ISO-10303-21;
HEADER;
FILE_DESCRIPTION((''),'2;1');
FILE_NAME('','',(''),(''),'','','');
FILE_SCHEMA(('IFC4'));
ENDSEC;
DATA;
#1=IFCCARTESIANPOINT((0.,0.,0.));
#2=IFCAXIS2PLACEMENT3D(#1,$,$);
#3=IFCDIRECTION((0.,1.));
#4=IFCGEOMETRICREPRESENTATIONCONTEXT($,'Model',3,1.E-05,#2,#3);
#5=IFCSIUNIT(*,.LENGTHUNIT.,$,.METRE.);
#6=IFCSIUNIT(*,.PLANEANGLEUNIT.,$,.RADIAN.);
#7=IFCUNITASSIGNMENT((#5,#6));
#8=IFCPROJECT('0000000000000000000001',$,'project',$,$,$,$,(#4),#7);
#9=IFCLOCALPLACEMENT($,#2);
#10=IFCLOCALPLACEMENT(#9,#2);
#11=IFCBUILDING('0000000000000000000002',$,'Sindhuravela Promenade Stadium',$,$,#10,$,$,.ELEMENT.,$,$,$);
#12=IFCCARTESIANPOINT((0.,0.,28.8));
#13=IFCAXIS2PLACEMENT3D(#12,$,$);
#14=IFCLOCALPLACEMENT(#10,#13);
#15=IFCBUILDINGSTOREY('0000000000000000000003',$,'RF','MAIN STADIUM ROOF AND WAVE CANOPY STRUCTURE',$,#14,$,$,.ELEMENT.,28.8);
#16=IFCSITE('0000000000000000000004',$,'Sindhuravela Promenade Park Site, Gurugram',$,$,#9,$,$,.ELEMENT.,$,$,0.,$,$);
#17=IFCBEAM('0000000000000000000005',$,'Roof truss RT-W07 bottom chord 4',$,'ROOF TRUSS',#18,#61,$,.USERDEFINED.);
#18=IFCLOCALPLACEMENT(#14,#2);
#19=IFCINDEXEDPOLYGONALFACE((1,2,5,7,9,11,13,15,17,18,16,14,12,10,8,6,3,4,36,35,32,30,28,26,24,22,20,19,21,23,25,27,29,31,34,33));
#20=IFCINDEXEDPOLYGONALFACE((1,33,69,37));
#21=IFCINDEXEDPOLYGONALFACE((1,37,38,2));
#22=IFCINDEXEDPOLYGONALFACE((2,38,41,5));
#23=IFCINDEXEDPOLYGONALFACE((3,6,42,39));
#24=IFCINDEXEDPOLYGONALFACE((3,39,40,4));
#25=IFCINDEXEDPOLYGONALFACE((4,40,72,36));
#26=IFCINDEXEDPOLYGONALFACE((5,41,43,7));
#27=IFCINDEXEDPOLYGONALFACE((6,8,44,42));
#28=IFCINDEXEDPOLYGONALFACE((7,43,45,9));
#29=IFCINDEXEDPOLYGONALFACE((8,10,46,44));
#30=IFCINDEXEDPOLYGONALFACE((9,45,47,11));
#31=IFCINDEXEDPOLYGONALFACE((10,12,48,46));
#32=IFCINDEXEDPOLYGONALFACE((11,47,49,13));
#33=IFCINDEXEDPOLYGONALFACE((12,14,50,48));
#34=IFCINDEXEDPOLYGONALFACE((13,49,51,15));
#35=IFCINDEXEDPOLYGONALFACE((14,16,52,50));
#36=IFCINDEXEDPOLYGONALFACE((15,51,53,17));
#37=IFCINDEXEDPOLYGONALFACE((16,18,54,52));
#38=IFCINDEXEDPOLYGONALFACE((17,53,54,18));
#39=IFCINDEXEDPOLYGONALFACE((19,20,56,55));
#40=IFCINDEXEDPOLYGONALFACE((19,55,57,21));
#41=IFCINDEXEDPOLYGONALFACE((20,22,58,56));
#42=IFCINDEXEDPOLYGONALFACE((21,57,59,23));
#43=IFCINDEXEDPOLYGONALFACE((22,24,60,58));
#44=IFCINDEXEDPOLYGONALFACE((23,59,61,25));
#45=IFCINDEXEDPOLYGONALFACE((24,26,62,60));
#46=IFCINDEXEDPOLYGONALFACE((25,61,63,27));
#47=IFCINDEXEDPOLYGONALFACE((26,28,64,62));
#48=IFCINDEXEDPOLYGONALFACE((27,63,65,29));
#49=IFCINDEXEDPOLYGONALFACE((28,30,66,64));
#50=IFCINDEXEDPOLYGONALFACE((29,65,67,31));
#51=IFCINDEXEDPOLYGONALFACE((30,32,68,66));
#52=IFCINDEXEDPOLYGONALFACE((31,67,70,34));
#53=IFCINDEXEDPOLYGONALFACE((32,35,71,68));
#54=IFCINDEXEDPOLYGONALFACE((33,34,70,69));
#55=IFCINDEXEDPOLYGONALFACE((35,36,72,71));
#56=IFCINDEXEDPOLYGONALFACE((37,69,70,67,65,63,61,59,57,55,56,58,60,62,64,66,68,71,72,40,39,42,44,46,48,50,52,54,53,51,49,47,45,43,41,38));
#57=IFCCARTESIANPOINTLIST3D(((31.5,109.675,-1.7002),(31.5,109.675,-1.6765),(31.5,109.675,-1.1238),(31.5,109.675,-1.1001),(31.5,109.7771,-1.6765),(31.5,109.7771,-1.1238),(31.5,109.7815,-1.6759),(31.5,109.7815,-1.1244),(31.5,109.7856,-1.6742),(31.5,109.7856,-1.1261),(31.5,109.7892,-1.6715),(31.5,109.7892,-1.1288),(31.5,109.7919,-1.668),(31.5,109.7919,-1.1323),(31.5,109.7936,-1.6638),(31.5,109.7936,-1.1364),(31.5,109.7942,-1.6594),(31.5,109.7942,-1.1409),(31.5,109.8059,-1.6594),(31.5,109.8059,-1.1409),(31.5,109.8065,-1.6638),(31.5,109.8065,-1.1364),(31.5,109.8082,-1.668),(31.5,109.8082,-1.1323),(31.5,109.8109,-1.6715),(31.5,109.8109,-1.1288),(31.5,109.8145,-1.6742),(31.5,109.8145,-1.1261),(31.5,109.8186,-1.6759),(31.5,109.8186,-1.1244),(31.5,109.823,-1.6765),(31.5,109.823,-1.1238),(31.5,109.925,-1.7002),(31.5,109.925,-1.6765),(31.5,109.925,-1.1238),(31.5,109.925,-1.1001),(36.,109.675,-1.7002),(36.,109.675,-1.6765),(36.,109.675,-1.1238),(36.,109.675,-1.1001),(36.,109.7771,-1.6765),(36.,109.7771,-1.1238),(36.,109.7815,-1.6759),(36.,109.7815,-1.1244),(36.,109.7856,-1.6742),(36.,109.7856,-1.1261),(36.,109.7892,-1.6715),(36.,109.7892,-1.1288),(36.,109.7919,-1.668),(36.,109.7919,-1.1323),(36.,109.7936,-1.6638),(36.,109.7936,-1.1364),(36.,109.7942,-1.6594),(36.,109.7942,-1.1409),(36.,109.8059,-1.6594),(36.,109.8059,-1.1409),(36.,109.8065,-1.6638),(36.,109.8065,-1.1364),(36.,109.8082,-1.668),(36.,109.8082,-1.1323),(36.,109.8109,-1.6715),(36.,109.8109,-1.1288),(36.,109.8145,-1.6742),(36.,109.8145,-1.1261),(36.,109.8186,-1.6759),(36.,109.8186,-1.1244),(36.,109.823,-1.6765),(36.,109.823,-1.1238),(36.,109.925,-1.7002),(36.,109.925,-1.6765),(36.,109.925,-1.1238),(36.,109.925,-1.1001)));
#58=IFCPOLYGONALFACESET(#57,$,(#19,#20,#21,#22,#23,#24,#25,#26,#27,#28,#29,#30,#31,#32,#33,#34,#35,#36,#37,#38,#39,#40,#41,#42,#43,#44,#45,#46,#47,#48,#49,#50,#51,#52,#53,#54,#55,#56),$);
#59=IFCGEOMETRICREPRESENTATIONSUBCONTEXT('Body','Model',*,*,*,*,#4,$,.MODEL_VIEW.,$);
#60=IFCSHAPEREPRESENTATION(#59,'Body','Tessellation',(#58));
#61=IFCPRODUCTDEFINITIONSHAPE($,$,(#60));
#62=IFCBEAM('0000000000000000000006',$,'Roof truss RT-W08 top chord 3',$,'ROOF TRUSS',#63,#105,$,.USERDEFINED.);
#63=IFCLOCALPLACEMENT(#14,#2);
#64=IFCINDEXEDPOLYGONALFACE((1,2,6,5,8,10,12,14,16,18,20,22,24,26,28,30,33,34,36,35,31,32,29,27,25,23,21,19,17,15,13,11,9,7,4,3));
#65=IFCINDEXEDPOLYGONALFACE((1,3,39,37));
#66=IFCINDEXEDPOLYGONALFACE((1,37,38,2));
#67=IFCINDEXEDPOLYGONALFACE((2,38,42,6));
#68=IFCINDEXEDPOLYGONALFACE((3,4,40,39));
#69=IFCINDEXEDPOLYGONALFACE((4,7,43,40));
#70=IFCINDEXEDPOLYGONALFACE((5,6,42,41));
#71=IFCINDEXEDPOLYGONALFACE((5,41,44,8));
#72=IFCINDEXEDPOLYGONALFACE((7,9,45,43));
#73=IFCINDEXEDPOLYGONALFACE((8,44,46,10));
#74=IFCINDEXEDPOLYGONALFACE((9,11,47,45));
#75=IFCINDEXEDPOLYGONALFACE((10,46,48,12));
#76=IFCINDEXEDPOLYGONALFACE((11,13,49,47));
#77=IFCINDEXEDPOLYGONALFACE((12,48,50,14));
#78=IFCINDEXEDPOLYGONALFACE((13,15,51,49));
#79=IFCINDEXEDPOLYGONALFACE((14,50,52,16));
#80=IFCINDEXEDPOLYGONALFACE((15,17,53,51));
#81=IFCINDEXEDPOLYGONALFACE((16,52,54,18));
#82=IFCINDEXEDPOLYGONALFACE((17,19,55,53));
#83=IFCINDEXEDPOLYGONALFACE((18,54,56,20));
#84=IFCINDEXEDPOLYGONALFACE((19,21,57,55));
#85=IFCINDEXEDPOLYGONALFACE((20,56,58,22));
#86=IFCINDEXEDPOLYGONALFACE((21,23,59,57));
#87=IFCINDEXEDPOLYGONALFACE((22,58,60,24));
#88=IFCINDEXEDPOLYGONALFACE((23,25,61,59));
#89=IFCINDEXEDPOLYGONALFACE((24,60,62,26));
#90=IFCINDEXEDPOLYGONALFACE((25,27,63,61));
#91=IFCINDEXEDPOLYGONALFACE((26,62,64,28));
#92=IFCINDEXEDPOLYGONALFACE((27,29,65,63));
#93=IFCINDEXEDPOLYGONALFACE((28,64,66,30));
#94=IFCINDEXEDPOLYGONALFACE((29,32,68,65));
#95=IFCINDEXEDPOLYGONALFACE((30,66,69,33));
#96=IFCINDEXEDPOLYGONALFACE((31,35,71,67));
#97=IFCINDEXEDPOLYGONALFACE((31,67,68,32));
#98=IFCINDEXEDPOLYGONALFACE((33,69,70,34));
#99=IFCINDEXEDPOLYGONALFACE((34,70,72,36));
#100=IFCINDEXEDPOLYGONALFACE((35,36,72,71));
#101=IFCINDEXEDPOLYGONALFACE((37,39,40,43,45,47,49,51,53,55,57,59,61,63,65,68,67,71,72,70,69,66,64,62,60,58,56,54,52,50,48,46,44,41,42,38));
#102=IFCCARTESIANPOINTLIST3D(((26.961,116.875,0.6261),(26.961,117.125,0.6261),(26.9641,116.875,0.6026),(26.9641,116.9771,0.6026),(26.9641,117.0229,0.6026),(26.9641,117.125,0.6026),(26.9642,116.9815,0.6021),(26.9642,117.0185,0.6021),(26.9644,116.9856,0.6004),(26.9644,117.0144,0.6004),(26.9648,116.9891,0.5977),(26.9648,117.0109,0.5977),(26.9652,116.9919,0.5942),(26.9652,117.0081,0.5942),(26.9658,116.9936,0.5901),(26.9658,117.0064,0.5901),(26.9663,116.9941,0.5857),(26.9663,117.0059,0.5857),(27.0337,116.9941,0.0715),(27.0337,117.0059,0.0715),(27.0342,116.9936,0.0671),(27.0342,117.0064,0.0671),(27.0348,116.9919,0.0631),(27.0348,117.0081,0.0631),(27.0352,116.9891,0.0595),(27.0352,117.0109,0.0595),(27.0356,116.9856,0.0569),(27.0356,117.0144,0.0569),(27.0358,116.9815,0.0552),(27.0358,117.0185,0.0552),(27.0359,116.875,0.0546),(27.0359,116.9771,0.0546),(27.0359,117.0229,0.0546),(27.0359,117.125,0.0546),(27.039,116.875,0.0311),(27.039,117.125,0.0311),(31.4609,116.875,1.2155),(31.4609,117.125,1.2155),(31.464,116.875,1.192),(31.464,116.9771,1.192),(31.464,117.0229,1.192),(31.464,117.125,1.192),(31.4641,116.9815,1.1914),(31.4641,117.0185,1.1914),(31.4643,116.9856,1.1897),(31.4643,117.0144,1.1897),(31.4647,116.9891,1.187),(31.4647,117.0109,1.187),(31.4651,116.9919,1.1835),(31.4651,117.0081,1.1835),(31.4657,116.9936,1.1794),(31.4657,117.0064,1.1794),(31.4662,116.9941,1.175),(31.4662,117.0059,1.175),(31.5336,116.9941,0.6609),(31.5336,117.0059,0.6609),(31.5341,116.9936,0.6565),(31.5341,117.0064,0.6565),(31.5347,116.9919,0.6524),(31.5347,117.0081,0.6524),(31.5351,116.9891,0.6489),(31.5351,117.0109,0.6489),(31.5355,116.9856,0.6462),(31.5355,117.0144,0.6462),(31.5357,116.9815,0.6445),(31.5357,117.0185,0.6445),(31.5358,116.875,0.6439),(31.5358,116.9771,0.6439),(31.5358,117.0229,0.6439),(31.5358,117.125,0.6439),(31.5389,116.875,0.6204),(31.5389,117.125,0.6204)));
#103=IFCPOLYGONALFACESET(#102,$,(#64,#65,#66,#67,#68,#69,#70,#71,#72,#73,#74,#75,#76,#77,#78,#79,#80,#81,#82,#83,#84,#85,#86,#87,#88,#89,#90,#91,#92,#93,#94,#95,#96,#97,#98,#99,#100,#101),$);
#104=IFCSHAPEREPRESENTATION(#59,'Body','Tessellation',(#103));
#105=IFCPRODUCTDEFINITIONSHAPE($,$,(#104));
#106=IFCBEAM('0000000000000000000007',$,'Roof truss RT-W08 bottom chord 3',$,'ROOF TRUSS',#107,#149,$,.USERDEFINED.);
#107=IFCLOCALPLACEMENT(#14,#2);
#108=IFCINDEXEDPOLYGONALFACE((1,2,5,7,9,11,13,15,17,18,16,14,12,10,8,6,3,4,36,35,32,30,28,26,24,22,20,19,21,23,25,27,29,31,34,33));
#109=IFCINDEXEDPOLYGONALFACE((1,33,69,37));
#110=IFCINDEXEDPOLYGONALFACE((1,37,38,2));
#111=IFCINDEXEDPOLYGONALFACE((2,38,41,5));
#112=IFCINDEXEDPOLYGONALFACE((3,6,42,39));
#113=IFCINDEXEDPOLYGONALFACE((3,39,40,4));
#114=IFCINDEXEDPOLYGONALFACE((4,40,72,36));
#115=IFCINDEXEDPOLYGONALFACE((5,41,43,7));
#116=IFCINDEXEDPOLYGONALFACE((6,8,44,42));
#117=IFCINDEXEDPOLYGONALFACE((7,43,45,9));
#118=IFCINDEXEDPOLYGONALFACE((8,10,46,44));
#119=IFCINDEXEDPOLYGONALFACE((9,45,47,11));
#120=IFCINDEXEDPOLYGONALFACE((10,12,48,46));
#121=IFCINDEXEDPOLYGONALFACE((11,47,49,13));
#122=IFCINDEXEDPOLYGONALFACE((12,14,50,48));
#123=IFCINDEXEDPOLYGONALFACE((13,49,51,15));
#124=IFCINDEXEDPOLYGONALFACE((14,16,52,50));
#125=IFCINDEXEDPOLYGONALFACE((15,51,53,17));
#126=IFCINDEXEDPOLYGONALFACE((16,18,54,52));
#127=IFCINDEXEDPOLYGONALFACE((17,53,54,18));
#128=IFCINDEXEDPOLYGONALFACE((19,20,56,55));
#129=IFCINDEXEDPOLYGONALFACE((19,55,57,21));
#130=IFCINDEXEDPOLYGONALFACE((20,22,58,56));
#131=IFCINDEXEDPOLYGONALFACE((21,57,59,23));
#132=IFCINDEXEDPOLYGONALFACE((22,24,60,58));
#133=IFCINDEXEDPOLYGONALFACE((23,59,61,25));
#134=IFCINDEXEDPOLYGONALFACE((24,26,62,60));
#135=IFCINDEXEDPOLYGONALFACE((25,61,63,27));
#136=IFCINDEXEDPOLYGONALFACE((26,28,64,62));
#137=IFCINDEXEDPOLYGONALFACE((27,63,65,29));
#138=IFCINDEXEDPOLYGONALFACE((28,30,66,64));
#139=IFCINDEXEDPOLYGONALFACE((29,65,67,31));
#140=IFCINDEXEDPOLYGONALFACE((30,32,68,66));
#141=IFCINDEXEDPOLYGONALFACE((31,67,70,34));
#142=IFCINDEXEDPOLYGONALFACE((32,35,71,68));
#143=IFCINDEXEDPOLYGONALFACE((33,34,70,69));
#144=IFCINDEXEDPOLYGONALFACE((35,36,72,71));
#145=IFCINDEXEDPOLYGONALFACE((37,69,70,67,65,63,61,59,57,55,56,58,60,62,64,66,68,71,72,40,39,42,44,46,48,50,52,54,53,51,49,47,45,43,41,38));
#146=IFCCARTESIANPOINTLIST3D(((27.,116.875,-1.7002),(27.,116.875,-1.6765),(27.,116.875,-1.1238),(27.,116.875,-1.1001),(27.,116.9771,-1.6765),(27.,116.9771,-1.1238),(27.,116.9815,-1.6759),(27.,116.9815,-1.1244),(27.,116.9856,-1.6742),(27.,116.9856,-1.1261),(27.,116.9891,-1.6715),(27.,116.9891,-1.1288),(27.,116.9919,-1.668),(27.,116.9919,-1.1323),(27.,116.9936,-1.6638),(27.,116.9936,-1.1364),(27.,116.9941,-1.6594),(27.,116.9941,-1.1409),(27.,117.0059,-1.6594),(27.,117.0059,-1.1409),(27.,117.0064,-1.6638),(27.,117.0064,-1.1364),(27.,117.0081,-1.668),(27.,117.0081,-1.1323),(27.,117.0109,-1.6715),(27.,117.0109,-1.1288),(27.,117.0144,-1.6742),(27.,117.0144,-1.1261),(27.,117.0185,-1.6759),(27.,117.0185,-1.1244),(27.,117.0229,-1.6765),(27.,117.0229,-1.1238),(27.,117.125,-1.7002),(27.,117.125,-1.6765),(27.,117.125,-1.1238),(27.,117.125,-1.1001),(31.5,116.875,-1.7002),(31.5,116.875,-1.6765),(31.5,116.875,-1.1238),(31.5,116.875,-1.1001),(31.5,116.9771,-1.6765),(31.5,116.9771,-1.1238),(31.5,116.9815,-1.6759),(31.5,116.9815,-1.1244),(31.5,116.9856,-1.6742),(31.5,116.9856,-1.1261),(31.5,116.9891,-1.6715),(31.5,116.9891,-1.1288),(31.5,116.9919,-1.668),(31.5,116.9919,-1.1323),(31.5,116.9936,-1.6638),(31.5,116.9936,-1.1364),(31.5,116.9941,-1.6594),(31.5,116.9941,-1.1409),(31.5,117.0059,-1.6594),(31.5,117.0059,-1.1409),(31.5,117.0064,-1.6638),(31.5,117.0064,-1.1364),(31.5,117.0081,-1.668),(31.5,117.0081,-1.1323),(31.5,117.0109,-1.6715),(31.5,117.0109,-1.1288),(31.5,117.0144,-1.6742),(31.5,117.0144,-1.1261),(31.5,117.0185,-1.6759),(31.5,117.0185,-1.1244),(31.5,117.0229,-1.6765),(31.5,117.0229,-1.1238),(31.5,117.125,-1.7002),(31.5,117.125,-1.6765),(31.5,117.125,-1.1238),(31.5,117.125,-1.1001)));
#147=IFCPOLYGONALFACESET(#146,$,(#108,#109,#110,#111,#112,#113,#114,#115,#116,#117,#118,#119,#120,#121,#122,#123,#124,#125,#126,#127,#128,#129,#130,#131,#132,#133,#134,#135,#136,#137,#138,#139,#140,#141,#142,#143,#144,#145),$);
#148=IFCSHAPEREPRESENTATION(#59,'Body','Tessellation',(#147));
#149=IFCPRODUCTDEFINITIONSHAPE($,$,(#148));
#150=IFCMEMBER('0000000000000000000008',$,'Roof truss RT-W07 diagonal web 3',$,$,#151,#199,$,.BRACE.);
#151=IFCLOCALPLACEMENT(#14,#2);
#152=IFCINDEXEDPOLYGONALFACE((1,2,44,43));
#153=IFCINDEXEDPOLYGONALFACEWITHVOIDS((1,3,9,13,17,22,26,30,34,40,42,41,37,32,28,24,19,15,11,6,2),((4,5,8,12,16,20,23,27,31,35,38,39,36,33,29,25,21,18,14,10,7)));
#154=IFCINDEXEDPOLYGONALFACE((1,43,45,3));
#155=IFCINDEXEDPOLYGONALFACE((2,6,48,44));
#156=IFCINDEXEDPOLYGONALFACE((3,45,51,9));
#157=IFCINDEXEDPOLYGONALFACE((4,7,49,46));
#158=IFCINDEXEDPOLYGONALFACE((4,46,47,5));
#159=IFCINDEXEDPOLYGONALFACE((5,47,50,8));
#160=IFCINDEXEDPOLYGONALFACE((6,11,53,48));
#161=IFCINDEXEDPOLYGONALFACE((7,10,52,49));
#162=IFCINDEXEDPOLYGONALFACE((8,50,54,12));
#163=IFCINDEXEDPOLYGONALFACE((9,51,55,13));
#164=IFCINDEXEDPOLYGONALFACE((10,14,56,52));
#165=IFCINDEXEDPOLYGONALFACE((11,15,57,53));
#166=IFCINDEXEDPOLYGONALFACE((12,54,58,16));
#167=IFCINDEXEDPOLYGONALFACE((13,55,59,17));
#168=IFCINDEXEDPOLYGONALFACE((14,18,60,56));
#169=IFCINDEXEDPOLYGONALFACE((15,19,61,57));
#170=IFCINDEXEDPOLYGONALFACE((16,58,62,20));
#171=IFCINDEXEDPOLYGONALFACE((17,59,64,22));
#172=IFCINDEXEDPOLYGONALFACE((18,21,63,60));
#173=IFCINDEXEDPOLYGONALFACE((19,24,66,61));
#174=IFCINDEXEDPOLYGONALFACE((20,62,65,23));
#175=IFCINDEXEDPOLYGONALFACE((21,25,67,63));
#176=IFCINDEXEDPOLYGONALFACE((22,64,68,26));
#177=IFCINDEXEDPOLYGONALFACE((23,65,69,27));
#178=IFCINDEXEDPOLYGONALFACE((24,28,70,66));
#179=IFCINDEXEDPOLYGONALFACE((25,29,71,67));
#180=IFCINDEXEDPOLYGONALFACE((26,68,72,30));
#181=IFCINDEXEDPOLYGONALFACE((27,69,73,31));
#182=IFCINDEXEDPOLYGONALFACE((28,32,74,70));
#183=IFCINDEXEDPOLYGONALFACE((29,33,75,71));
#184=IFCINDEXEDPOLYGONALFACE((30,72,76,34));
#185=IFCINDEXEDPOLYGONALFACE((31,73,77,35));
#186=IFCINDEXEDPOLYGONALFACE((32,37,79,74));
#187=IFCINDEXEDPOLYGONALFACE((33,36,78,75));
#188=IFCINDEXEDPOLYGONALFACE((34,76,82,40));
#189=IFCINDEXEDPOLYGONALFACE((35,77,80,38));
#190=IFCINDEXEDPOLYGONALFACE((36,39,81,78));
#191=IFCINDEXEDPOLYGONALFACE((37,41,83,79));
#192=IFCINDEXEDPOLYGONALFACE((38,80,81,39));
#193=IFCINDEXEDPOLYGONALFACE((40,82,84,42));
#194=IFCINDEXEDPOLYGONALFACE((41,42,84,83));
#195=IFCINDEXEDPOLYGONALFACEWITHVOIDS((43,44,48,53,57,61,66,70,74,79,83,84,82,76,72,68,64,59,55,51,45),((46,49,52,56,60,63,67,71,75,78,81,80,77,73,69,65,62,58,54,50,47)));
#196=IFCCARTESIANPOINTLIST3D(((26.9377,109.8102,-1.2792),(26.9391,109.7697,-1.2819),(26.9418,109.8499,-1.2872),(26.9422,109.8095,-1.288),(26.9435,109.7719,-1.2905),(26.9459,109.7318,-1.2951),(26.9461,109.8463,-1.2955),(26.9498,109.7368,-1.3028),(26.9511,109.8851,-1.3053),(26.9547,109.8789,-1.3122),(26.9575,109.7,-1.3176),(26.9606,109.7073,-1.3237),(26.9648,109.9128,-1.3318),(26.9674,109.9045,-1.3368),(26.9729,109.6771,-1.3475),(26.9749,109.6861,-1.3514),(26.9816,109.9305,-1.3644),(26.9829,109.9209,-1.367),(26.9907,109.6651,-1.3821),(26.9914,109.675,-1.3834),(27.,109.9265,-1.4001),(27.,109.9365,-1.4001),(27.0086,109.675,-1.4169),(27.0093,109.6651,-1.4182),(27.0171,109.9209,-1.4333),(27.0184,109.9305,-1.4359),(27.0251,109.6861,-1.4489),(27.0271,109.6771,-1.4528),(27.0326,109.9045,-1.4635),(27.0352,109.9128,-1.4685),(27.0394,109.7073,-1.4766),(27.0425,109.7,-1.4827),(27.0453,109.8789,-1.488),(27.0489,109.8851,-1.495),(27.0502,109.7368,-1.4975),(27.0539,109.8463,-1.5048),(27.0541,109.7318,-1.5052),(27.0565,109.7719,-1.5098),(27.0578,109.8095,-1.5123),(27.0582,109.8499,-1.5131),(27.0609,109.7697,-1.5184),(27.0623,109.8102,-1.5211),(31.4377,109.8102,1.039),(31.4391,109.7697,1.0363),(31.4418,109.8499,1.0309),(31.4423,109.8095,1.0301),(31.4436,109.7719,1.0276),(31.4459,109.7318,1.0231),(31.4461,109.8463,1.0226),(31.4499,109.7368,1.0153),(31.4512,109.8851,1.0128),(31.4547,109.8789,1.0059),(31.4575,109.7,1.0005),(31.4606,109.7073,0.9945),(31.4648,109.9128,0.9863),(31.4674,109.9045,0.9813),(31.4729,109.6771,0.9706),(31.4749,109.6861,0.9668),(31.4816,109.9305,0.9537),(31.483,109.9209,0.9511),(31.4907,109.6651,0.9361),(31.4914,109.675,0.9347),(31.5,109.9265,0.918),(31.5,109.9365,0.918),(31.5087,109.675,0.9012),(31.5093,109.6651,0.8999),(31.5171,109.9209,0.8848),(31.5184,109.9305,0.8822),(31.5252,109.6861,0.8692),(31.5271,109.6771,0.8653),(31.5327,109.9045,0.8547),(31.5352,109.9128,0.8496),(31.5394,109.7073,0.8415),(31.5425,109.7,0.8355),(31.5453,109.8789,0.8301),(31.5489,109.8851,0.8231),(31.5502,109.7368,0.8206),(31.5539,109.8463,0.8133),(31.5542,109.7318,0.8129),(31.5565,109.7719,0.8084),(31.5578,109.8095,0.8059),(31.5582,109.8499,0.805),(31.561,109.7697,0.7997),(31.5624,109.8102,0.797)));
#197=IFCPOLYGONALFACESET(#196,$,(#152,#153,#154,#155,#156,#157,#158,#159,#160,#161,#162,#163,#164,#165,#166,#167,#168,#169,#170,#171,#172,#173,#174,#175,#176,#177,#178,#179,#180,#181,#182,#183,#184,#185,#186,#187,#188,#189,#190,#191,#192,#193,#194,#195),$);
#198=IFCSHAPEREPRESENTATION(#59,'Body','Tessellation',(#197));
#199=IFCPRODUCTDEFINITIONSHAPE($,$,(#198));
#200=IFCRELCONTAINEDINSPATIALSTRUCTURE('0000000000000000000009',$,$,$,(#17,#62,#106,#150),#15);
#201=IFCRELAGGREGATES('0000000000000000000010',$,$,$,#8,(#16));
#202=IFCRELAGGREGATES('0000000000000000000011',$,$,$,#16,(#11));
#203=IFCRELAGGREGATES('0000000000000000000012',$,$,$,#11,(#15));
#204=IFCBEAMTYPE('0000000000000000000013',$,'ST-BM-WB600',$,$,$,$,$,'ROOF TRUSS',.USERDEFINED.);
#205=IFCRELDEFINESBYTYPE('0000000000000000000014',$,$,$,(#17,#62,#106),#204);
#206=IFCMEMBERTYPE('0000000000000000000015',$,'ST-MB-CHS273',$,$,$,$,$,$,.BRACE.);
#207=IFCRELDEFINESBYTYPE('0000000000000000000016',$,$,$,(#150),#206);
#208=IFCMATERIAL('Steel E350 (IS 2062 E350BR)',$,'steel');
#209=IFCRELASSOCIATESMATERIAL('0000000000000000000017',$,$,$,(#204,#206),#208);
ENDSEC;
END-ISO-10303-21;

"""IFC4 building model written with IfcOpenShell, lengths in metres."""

from ifc_helpers import new_model, si_unit, direction, frame, origin, origin_2d, place, context, subcontext, project, spatial, hollow_circle, i_section, extrude, material, material_profile, profile_set, type_object, element, save


model = new_model("IFC4")

# Units and contexts
model_context = context("Model", 3, precision=1e-05, world=origin(), true_north=direction((0.0, 1.0)))
body_context = subcontext(model_context, "Body", "Model", "MODEL_VIEW")
ifc_project = project(units=[si_unit("LENGTHUNIT", "METRE"), si_unit("PLANEANGLEUNIT", "RADIAN")], contexts=[model_context])

# Site, building, storey
site_placement = place(None, origin())
site = spatial("IfcSite", under=ifc_project, at=site_placement, Name="Sindhuravela Promenade Park Site, Gurugram", CompositionType="ELEMENT", RefElevation=0.0)
building_placement = place(site_placement, origin())
building = spatial("IfcBuilding", under=site, at=building_placement, Name="Sindhuravela Promenade Stadium", CompositionType="ELEMENT")
storey_placement = place(building_placement, frame((0.0, 0.0, 28.8)))
storey = spatial("IfcBuildingStorey", under=building, at=storey_placement, Name="RF", Description="MAIN STADIUM ROOF AND WAVE CANOPY STRUCTURE", CompositionType="ELEMENT", Elevation=28.8)

# Beams
ifc_material_1 = material(Name="Steel E350 (IS 2062 E350BR)", Category="steel")
ifc_material_profile_1 = material_profile(ifc_material_1, i_section(OverallWidth=0.25, OverallDepth=0.6001, WebThickness=0.0117, FlangeThickness=0.0237, FilletRadius=0.0171, at=origin_2d()), Name="ISWB 600")
ifc_profile_set_1 = profile_set([ifc_material_profile_1], Name="Steel E350 (IS 2062 E350BR)")
beam_type_1 = type_object("IfcBeamType", Name="ST-BM-WB600", ElementType="ROOF TRUSS", PredefinedType="USERDEFINED", material=ifc_profile_set_1)
beam_1_placement = place(storey_placement, frame((31.5, 109.8, -1.4001), z_axis=(1.0, 0.0, 0.0), x_axis=(0.0, 1.0, 0.0)))
element("IfcBeam", 1, at=beam_1_placement, inside=storey, type_object=beam_type_1, Name="Roof truss RT-W07 bottom chord 4", ObjectType="ROOF TRUSS", PredefinedType="USERDEFINED", context=body_context, shape_type="SweptSolid", body=[
    extrude(i_section(OverallWidth=0.25, OverallDepth=0.6001, WebThickness=0.0117, FlangeThickness=0.0237, FilletRadius=0.0171, at=origin_2d()), origin(), (0.0, 0.0, 1.0), 4.5),
])
beam_2_placement = place(storey_placement, frame((27.0, 117.0, 0.3286), z_axis=(0.991532, 0.0, 0.129859), x_axis=(0.0, 1.0, 0.0)))
element("IfcBeam", 2, at=beam_2_placement, inside=storey, type_object=beam_type_1, Name="Roof truss RT-W08 top chord 3", ObjectType="ROOF TRUSS", PredefinedType="USERDEFINED", context=body_context, shape_type="SweptSolid", body=[
    extrude(i_section(OverallWidth=0.25, OverallDepth=0.6001, WebThickness=0.0117, FlangeThickness=0.0237, FilletRadius=0.0171, at=origin_2d()), origin(), (0.0, 0.0, 1.0), 4.5383),
])
beam_3_placement = place(storey_placement, frame((27.0, 117.0, -1.4001), z_axis=(1.0, 0.0, 0.0), x_axis=(0.0, 1.0, 0.0)))
element("IfcBeam", 3, at=beam_3_placement, inside=storey, type_object=beam_type_1, Name="Roof truss RT-W08 bottom chord 3", ObjectType="ROOF TRUSS", PredefinedType="USERDEFINED", context=body_context, shape_type="SweptSolid", body=[
    extrude(i_section(OverallWidth=0.25, OverallDepth=0.6001, WebThickness=0.0117, FlangeThickness=0.0237, FilletRadius=0.0171, at=origin_2d()), origin(), (0.0, 0.0, 1.0), 4.5),
])

# Member
ifc_material_profile_2 = material_profile(ifc_material_1, hollow_circle(Radius=0.1365, WallThickness=0.01, at=origin_2d()), Name="CHS 273.0x10")
ifc_profile_set_2 = profile_set([ifc_material_profile_2], Name="Steel E350 (IS 2062 E350BR)")
member_type_1 = type_object("IfcMemberType", Name="ST-MB-CHS273", PredefinedType="BRACE", material=ifc_profile_set_2)
for number, where, z_axis, x_axis, name in (
    (4, (27.0, 109.8, -1.4001), (0.88898, 0.0, 0.457946), (0.0, 1.0, 0.0), "Roof truss RT-W07 diagonal web 3"),
):
    element("IfcMember", number, at=place(storey_placement, frame(where, z_axis=z_axis, x_axis=x_axis)), inside=storey, type_object=member_type_1, Name=name, PredefinedType="BRACE", context=body_context, shape_type="SweptSolid", body=[
        extrude(hollow_circle(Radius=0.1365, WallThickness=0.01, at=origin_2d()), origin(), (0.0, 0.0, 1.0), 5.062),
    ])

save(model, "model.ifc")
